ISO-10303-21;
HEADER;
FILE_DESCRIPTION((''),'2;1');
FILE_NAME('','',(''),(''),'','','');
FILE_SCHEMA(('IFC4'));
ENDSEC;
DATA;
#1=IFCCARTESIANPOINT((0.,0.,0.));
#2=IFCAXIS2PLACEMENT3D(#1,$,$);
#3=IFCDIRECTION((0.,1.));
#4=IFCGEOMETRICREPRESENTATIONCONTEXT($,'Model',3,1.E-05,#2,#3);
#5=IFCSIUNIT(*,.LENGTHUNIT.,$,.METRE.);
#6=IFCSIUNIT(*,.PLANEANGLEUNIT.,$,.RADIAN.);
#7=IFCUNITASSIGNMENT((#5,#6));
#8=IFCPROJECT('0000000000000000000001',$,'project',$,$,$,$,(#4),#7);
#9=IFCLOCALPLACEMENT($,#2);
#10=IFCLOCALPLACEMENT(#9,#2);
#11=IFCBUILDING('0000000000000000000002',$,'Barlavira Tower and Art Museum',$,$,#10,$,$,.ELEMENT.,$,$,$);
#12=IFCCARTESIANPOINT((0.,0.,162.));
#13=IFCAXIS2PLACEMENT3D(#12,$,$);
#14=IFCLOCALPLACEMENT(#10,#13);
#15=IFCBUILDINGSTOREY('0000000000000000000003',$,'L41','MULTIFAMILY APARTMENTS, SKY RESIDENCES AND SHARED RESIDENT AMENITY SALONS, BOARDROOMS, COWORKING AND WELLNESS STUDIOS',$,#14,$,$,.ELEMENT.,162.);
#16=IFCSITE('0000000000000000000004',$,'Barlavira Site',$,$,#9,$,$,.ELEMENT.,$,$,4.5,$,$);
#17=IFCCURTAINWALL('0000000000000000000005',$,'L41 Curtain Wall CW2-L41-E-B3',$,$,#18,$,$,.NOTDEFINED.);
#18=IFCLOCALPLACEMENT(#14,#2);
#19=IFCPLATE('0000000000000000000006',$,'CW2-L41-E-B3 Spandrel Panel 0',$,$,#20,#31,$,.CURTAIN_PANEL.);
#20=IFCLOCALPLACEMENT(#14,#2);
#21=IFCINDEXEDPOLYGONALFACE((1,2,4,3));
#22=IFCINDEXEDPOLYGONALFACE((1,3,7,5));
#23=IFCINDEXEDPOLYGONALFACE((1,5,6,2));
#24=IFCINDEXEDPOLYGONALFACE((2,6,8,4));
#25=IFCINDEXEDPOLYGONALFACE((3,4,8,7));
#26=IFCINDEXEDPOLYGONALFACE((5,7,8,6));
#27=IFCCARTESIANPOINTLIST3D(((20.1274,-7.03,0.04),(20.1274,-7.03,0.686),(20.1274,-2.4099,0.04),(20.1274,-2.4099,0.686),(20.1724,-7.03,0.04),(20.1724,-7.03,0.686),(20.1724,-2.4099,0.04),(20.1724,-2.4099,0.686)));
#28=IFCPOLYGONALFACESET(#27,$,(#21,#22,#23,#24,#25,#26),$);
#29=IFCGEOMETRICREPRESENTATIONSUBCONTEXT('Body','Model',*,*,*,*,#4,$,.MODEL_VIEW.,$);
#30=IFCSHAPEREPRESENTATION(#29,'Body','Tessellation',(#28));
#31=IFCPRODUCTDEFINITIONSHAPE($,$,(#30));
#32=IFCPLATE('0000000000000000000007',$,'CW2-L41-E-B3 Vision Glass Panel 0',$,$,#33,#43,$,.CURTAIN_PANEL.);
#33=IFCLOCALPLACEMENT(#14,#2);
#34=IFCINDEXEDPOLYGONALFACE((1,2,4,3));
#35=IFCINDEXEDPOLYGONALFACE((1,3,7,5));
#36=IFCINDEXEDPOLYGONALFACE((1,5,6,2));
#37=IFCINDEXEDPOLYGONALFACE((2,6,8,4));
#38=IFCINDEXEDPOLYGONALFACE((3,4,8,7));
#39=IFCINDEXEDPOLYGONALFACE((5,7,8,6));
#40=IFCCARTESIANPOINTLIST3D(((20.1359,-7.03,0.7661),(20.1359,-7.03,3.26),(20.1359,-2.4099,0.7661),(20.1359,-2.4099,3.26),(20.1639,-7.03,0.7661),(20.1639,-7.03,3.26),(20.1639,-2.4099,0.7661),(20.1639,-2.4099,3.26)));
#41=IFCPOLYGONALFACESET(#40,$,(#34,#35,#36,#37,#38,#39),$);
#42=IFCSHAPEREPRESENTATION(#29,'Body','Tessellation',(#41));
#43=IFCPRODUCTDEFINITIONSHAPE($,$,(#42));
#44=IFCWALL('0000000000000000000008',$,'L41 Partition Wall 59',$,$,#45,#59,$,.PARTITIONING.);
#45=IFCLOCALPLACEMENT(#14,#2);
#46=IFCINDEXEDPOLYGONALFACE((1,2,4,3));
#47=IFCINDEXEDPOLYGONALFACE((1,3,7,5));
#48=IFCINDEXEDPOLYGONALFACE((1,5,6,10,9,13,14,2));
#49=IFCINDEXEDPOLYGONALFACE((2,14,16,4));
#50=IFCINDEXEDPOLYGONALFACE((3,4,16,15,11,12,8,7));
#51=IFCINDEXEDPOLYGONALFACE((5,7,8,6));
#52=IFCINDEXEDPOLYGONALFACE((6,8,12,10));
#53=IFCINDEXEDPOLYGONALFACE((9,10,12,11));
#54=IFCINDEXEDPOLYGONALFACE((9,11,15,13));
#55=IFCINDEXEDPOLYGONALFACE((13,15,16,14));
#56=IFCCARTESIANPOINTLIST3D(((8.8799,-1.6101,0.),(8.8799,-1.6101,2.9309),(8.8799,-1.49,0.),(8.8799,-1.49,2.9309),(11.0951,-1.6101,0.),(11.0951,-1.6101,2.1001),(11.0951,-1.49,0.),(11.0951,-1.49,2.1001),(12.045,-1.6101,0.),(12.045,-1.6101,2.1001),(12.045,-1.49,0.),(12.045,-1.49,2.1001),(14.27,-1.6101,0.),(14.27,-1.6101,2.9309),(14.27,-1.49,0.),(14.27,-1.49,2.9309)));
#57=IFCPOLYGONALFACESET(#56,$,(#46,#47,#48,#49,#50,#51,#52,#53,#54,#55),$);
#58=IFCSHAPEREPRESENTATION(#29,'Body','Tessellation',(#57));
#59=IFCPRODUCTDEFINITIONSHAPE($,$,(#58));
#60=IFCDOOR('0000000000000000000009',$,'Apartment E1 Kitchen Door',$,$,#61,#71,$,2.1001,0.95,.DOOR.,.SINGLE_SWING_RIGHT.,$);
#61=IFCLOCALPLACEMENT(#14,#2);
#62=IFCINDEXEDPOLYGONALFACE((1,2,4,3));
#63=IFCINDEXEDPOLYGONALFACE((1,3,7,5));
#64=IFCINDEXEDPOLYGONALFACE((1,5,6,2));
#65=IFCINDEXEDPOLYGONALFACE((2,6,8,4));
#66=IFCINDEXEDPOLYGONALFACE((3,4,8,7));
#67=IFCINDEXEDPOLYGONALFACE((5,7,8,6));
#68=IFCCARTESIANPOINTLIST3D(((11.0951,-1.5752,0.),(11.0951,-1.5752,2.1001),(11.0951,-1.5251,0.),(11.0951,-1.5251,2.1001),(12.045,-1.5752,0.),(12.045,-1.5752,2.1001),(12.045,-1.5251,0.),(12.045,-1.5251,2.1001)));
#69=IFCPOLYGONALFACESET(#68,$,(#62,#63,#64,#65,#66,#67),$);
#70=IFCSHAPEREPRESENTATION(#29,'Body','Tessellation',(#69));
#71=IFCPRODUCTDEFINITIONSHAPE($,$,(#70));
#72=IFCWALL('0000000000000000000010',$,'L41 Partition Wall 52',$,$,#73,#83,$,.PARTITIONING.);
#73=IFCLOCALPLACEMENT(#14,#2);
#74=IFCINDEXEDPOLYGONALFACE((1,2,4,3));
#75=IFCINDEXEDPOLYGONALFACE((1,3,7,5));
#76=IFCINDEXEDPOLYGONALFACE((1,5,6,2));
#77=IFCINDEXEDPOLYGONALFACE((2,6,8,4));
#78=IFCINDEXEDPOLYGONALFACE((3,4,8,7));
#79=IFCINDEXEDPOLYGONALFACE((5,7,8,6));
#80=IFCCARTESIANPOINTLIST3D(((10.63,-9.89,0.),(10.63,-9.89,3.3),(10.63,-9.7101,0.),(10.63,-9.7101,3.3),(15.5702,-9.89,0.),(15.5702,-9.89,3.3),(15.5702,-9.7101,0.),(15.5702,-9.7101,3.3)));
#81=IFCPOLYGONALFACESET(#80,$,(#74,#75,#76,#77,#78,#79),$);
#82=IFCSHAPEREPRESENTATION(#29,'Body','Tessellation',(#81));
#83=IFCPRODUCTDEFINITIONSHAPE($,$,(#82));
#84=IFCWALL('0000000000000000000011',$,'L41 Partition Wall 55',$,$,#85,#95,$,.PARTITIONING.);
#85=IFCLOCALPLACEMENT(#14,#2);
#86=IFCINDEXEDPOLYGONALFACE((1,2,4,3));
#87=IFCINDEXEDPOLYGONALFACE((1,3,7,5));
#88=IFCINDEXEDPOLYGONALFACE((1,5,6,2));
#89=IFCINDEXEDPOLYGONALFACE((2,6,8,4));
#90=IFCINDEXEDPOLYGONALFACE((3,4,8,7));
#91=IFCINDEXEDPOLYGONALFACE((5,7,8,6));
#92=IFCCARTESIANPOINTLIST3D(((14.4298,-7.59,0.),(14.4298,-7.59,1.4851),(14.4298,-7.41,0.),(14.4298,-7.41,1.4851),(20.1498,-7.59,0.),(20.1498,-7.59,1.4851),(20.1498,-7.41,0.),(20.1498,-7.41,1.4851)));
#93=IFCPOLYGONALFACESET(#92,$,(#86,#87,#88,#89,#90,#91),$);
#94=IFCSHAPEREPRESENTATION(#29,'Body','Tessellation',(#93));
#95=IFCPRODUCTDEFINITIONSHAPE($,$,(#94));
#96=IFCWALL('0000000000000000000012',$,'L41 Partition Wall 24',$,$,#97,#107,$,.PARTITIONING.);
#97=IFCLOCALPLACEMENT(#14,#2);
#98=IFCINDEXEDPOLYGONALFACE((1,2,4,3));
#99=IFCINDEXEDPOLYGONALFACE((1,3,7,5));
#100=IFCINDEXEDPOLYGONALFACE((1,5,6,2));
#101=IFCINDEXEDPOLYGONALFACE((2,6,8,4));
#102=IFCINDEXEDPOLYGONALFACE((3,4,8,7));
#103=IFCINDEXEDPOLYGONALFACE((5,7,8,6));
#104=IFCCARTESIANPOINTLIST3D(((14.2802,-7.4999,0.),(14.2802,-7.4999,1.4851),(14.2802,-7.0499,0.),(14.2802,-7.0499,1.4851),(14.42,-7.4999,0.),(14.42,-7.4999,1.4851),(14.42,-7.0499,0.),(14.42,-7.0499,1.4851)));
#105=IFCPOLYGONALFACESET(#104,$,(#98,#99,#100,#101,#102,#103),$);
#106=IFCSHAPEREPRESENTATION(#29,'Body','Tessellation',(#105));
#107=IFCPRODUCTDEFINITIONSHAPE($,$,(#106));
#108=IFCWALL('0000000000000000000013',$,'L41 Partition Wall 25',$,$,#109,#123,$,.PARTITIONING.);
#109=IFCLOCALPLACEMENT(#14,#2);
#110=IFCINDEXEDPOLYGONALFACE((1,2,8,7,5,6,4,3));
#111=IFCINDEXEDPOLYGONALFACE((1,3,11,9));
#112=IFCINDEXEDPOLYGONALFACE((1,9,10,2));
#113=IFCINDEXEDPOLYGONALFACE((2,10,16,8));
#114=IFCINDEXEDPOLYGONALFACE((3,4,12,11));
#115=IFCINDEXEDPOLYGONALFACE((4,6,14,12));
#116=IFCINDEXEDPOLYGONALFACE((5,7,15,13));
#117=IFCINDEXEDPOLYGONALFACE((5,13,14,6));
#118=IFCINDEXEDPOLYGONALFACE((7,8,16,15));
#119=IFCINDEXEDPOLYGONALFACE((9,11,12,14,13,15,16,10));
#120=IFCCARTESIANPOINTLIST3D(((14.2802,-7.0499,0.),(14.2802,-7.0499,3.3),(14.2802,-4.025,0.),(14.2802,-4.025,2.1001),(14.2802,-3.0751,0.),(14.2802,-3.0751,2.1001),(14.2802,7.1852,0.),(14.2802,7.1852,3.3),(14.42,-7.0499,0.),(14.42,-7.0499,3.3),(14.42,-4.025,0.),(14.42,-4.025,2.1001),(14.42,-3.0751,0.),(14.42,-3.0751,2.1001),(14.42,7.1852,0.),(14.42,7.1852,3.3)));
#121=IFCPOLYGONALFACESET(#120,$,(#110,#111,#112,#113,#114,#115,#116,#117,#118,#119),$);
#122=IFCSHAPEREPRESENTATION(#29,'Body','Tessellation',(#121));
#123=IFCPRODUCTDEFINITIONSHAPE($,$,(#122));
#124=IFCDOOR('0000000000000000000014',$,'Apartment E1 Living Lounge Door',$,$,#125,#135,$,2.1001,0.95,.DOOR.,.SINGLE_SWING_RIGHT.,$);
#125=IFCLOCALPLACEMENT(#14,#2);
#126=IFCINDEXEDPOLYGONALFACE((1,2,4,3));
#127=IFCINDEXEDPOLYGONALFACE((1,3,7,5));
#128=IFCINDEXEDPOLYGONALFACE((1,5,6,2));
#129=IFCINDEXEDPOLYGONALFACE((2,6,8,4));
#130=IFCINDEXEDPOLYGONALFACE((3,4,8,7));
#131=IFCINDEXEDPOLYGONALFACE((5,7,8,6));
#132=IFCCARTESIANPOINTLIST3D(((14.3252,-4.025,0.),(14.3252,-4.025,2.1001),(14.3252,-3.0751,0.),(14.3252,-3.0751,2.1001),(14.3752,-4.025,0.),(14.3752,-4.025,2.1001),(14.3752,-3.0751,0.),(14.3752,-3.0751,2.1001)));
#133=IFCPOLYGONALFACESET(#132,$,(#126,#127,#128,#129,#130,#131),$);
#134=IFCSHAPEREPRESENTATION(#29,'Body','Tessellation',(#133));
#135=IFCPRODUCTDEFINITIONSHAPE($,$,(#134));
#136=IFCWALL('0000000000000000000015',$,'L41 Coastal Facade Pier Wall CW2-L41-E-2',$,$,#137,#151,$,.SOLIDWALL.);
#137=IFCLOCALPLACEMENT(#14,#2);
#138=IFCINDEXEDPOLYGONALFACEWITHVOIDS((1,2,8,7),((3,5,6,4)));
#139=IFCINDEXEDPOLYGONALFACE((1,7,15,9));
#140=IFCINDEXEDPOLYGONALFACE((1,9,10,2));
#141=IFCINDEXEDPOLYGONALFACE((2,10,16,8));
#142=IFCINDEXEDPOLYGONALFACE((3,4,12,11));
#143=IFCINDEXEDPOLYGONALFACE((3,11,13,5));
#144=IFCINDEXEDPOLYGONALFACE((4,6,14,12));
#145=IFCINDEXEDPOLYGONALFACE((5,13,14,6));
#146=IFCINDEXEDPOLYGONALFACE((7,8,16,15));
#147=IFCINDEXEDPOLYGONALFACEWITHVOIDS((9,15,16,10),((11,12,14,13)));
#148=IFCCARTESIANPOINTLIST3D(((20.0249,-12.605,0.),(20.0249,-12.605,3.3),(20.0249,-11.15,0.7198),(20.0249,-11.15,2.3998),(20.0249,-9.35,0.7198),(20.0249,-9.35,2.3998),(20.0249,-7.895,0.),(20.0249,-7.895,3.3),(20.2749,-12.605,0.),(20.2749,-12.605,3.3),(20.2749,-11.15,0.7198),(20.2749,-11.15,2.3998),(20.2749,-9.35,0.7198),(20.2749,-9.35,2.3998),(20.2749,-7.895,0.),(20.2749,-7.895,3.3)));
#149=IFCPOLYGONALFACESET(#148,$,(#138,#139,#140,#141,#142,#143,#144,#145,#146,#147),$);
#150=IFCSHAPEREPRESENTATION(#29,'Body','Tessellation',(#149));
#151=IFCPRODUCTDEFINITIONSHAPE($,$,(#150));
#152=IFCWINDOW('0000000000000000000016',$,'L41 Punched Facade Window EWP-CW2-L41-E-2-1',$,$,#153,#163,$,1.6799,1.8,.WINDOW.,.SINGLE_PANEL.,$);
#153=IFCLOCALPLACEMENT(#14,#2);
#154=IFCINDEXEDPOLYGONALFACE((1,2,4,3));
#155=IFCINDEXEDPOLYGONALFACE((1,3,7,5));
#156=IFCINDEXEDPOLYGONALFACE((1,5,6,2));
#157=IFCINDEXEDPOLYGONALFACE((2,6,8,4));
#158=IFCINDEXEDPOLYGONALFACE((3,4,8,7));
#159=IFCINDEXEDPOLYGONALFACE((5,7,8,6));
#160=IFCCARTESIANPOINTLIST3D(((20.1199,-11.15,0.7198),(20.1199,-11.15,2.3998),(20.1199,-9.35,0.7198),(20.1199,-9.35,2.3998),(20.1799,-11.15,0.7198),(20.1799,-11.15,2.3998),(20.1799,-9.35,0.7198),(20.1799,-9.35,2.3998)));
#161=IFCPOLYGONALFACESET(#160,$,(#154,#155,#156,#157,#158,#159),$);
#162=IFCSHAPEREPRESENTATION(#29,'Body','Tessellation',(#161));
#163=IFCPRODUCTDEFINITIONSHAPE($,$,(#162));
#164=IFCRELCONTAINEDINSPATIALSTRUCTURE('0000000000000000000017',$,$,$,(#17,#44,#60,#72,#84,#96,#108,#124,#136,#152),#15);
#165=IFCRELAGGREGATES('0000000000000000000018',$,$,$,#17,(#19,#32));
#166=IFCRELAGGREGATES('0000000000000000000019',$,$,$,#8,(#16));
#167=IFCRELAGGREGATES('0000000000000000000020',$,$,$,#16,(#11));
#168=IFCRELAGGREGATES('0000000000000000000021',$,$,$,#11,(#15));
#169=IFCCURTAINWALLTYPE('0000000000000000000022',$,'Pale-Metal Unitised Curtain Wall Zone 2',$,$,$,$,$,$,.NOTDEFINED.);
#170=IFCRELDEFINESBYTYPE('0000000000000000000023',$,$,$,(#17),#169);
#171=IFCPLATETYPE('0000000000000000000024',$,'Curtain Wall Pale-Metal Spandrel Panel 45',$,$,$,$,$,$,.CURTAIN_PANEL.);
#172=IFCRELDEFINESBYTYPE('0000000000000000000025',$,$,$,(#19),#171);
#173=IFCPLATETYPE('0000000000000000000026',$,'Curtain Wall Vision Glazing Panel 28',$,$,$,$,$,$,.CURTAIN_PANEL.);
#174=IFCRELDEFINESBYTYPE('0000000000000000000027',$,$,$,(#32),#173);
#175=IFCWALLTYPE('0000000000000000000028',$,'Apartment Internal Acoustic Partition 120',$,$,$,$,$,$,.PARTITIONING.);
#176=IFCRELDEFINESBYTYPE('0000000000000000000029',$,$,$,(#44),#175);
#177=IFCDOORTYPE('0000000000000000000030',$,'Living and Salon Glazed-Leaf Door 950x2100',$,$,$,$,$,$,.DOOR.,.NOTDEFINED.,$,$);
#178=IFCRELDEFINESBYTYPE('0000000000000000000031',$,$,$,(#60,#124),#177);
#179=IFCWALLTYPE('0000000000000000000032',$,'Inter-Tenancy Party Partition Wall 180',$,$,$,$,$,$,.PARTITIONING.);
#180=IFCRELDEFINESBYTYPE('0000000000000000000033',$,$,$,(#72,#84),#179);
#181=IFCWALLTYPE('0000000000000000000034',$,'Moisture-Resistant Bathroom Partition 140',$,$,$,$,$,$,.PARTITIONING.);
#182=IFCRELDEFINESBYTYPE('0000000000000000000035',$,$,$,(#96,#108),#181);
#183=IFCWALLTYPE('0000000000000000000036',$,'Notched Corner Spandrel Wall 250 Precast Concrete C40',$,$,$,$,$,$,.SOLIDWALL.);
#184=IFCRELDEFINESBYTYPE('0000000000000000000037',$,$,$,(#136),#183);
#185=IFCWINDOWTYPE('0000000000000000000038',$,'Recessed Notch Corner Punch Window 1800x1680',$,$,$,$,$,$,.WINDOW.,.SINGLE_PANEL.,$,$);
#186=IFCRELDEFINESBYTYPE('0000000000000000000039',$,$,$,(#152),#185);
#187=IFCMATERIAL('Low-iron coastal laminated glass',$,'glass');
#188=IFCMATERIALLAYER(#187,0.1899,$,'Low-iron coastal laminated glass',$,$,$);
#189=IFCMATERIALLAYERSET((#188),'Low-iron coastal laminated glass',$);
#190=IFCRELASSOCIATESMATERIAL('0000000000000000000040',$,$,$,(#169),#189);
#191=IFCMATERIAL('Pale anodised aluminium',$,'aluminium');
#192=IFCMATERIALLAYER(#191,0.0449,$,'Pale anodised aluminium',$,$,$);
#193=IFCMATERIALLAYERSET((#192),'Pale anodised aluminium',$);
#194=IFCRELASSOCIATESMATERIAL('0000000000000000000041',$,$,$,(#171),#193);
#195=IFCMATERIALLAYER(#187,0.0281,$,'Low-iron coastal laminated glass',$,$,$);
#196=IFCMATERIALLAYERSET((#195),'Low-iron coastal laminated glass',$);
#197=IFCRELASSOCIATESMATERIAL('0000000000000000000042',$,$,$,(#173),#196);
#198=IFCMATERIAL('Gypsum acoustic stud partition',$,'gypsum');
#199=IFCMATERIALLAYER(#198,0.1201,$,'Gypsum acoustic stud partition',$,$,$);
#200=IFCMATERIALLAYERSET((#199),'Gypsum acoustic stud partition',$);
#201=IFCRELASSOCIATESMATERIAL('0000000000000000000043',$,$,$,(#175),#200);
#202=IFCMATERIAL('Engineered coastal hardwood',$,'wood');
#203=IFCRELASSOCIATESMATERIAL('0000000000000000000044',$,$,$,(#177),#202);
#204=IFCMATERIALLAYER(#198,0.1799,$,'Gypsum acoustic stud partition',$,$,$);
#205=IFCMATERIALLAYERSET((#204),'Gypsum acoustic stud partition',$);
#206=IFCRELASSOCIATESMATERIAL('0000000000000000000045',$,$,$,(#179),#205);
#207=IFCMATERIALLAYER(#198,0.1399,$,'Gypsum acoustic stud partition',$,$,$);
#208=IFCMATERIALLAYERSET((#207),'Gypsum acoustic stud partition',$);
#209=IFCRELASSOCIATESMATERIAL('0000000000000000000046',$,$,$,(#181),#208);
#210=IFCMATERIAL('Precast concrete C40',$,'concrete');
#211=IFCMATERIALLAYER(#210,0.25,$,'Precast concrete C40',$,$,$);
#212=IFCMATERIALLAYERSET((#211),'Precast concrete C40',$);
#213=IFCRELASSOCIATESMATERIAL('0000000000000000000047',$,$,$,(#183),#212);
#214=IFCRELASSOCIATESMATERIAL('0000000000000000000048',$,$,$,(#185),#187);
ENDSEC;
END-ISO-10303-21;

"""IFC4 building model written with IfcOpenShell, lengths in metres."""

from ifc_helpers import new_model, si_unit, direction, frame, frame_2d, origin, origin_2d, place, context, subcontext, project, spatial, rectangle, extrude, material, layer, layer_set, type_object, element, fill, aggregate, save


model = new_model("IFC4")

# Units and contexts
model_context = context("Model", 3, precision=1e-05, world=origin(), true_north=direction((0.0, 1.0)))
body_context = subcontext(model_context, "Body", "Model", "MODEL_VIEW")
ifc_project = project(units=[si_unit("LENGTHUNIT", "METRE"), si_unit("PLANEANGLEUNIT", "RADIAN")], contexts=[model_context])

# Site, building, storey
site_placement = place(None, origin())
site = spatial("IfcSite", under=ifc_project, at=site_placement, Name="Barlavira Site", CompositionType="ELEMENT", RefElevation=4.5)
building_placement = place(site_placement, origin())
building = spatial("IfcBuilding", under=site, at=building_placement, Name="Barlavira Tower and Art Museum", CompositionType="ELEMENT")
storey_placement = place(building_placement, frame((0.0, 0.0, 162.0)))
storey = spatial("IfcBuildingStorey", under=building, at=storey_placement, Name="L41", Description="MULTIFAMILY APARTMENTS, SKY RESIDENCES AND SHARED RESIDENT AMENITY SALONS, BOARDROOMS, COWORKING AND WELLNESS STUDIOS", CompositionType="ELEMENT", Elevation=162.0)

# Curtain wall
ifc_material_1 = material(Name="Low-iron coastal laminated glass", Category="glass")
ifc_layer_1 = layer(ifc_material_1, 0.1899, Name="Low-iron coastal laminated glass")
ifc_layer_set_1 = layer_set([ifc_layer_1], Name="Low-iron coastal laminated glass")
curtain_wall_type = type_object("IfcCurtainWallType", Name="Pale-Metal Unitised Curtain Wall Zone 2", PredefinedType="NOTDEFINED", material=ifc_layer_set_1)
curtain_wall_placement = place(storey_placement, origin())
curtain_wall = element("IfcCurtainWall", 1, at=curtain_wall_placement, inside=storey, type_object=curtain_wall_type, Name="L41 Curtain Wall CW2-L41-E-B3", PredefinedType="NOTDEFINED")
ifc_material_2 = material(Name="Pale anodised aluminium", Category="aluminium")

# Plates
ifc_layer_2 = layer(ifc_material_2, 0.0449, Name="Pale anodised aluminium")
ifc_layer_set_2 = layer_set([ifc_layer_2], Name="Pale anodised aluminium")
plate_type_1 = type_object("IfcPlateType", Name="Curtain Wall Pale-Metal Spandrel Panel 45", PredefinedType="CURTAIN_PANEL", material=ifc_layer_set_2)
plate_1_placement = place(storey_placement, frame((20.1499, -4.72, 0.04), z_axis=(0.0, 0.0, 1.0), x_axis=(0.0, 1.0, 0.0)))
plate_1 = element("IfcPlate", 2, at=plate_1_placement, type_object=plate_type_1, Name="CW2-L41-E-B3 Spandrel Panel 0", PredefinedType="CURTAIN_PANEL", context=body_context, shape_type="SweptSolid", body=[
    extrude(rectangle(XDim=4.6201, YDim=0.0449, at=origin_2d()), origin(), (0.0, 0.0, 1.0), 0.646),
])
ifc_layer_3 = layer(ifc_material_1, 0.0281, Name="Low-iron coastal laminated glass")
ifc_layer_set_3 = layer_set([ifc_layer_3], Name="Low-iron coastal laminated glass")
plate_type_2 = type_object("IfcPlateType", Name="Curtain Wall Vision Glazing Panel 28", PredefinedType="CURTAIN_PANEL", material=ifc_layer_set_3)
plate_2_placement = place(storey_placement, frame((20.1499, -4.72, 0.7661), z_axis=(0.0, 0.0, 1.0), x_axis=(0.0, 1.0, 0.0)))
plate_2 = element("IfcPlate", 3, at=plate_2_placement, type_object=plate_type_2, Name="CW2-L41-E-B3 Vision Glass Panel 0", PredefinedType="CURTAIN_PANEL", context=body_context, shape_type="SweptSolid", body=[
    extrude(rectangle(XDim=4.6201, YDim=0.0281, at=origin_2d()), origin(), (0.0, 0.0, 1.0), 2.4939),
])
aggregate(curtain_wall, [plate_1, plate_2])

# Wall, opening, door
ifc_material_3 = material(Name="Gypsum acoustic stud partition", Category="gypsum")
ifc_layer_4 = layer(ifc_material_3, 0.1201, Name="Gypsum acoustic stud partition")
ifc_layer_set_4 = layer_set([ifc_layer_4], Name="Gypsum acoustic stud partition")
wall_type_1 = type_object("IfcWallType", Name="Apartment Internal Acoustic Partition 120", PredefinedType="PARTITIONING", material=ifc_layer_set_4)
wall_1_placement = place(storey_placement, frame((8.8799, -1.55, 0.0), z_axis=(0.0, 0.0, 1.0), x_axis=(1.0, 0.0, 0.0)))
wall_1 = element("IfcWall", 4, at=wall_1_placement, inside=storey, type_object=wall_type_1, Name="L41 Partition Wall 59", PredefinedType="PARTITIONING", context=body_context, shape_type="SweptSolid", body=[
    extrude(rectangle(XDim=5.3901, YDim=0.1201, at=frame_2d((2.6951, 0.0))), origin(), (0.0, 0.0, 1.0), 2.9309),
])
opening_1_placement = place(wall_1_placement, frame((2.2151, 0.0, 0.0)))
opening_1 = element("IfcOpeningElement", 5, at=opening_1_placement, cuts=wall_1, PredefinedType="OPENING", context=body_context, shape_type="SweptSolid", body=[
    extrude(rectangle(XDim=0.95, YDim=2.1001, at=frame_2d((0.4751, 1.05))), frame((0.0, 0.0701, 0.0), z_axis=(0.0, -1.0, 0.0), x_axis=(1.0, 0.0, 0.0)), (0.0, 0.0, 1.0), 0.1401),
])
ifc_material_4 = material(Name="Engineered coastal hardwood", Category="wood")
door_type = type_object("IfcDoorType", Name="Living and Salon Glazed-Leaf Door 950x2100", OperationType="NOTDEFINED", PredefinedType="DOOR", material=ifc_material_4)
door_1_placement = place(opening_1_placement, origin())
door_1 = element("IfcDoor", 6, at=door_1_placement, inside=storey, type_object=door_type, Name="Apartment E1 Kitchen Door", OperationType="SINGLE_SWING_RIGHT", OverallHeight=2.1001, OverallWidth=0.95, PredefinedType="DOOR", context=body_context, shape_type="SweptSolid", body=[
    extrude(rectangle(XDim=0.95, YDim=2.1001, at=frame_2d((0.4751, 1.05))), frame((0.0, 0.0249, 0.0), z_axis=(0.0, -1.0, 0.0), x_axis=(1.0, 0.0, 0.0)), (0.0, 0.0, 1.0), 0.05),
])
fill(opening_1, door_1)

# Walls
ifc_layer_5 = layer(ifc_material_3, 0.1799, Name="Gypsum acoustic stud partition")
ifc_layer_set_5 = layer_set([ifc_layer_5], Name="Gypsum acoustic stud partition")
wall_type_2 = type_object("IfcWallType", Name="Inter-Tenancy Party Partition Wall 180", PredefinedType="PARTITIONING", material=ifc_layer_set_5)
wall_2_placement = place(storey_placement, frame((10.6299, -9.8, 0.0), z_axis=(0.0, 0.0, 1.0), x_axis=(1.0, 0.0, 0.0)))
element("IfcWall", 7, at=wall_2_placement, inside=storey, type_object=wall_type_2, Name="L41 Partition Wall 52", PredefinedType="PARTITIONING", context=body_context, shape_type="SweptSolid", body=[
    extrude(rectangle(XDim=4.9402, YDim=0.1799, at=frame_2d((2.4702, 0.0))), origin(), (0.0, 0.0, 1.0), 3.3),
])
wall_3_placement = place(storey_placement, frame((14.4299, -7.5, 0.0), z_axis=(0.0, 0.0, 1.0), x_axis=(1.0, 0.0, 0.0)))
element("IfcWall", 8, at=wall_3_placement, inside=storey, type_object=wall_type_2, Name="L41 Partition Wall 55", PredefinedType="PARTITIONING", context=body_context, shape_type="SweptSolid", body=[
    extrude(rectangle(XDim=5.72, YDim=0.1799, at=frame_2d((2.8599, 0.0))), origin(), (0.0, 0.0, 1.0), 1.4851),
])
ifc_layer_6 = layer(ifc_material_3, 0.1399, Name="Gypsum acoustic stud partition")
ifc_layer_set_6 = layer_set([ifc_layer_6], Name="Gypsum acoustic stud partition")
wall_type_3 = type_object("IfcWallType", Name="Moisture-Resistant Bathroom Partition 140", PredefinedType="PARTITIONING", material=ifc_layer_set_6)
wall_4_placement = place(storey_placement, frame((14.3501, -7.5, 0.0), z_axis=(0.0, 0.0, 1.0), x_axis=(0.0, 1.0, 0.0)))
element("IfcWall", 9, at=wall_4_placement, inside=storey, type_object=wall_type_3, Name="L41 Partition Wall 24", PredefinedType="PARTITIONING", context=body_context, shape_type="SweptSolid", body=[
    extrude(rectangle(XDim=0.45, YDim=0.1399, at=frame_2d((0.2251, 0.0))), origin(), (0.0, 0.0, 1.0), 1.4851),
])

# Wall, opening, door
wall_5_placement = place(storey_placement, frame((14.3501, -7.05, 0.0), z_axis=(0.0, 0.0, 1.0), x_axis=(0.0, 1.0, 0.0)))
wall_5 = element("IfcWall", 10, at=wall_5_placement, inside=storey, type_object=wall_type_3, Name="L41 Partition Wall 25", PredefinedType="PARTITIONING", context=body_context, shape_type="SweptSolid", body=[
    extrude(rectangle(XDim=14.2351, YDim=0.1399, at=frame_2d((7.1177, 0.0))), origin(), (0.0, 0.0, 1.0), 3.3),
])
opening_2_placement = place(wall_5_placement, frame((3.0249, 0.0, 0.0)))
opening_2 = element("IfcOpeningElement", 11, at=opening_2_placement, cuts=wall_5, PredefinedType="OPENING", context=body_context, shape_type="SweptSolid", body=[
    extrude(rectangle(XDim=0.95, YDim=2.1001, at=frame_2d((0.4751, 1.05))), frame((0.0, 0.0801, 0.0), z_axis=(0.0, -1.0, 0.0), x_axis=(1.0, 0.0, 0.0)), (0.0, 0.0, 1.0), 0.1599),
])
door_2_placement = place(opening_2_placement, origin())
door_2 = element("IfcDoor", 12, at=door_2_placement, inside=storey, type_object=door_type, Name="Apartment E1 Living Lounge Door", OperationType="SINGLE_SWING_RIGHT", OverallHeight=2.1001, OverallWidth=0.95, PredefinedType="DOOR", context=body_context, shape_type="SweptSolid", body=[
    extrude(rectangle(XDim=0.95, YDim=2.1001, at=frame_2d((0.4751, 1.05))), frame((0.0, 0.0249, 0.0), z_axis=(0.0, -1.0, 0.0), x_axis=(1.0, 0.0, 0.0)), (0.0, 0.0, 1.0), 0.05),
])
fill(opening_2, door_2)

# Wall, opening, window
ifc_material_5 = material(Name="Precast concrete C40", Category="concrete")
ifc_layer_7 = layer(ifc_material_5, 0.25, Name="Precast concrete C40")
ifc_layer_set_7 = layer_set([ifc_layer_7], Name="Precast concrete C40")
wall_type_4 = type_object("IfcWallType", Name="Notched Corner Spandrel Wall 250 Precast Concrete C40", PredefinedType="SOLIDWALL", material=ifc_layer_set_7)
wall_6_placement = place(storey_placement, frame((20.1499, -12.605, 0.0), z_axis=(0.0, 0.0, 1.0), x_axis=(0.0, 1.0, 0.0)))
wall_6 = element("IfcWall", 13, at=wall_6_placement, inside=storey, type_object=wall_type_4, Name="L41 Coastal Facade Pier Wall CW2-L41-E-2", PredefinedType="SOLIDWALL", context=body_context, shape_type="SweptSolid", body=[
    extrude(rectangle(XDim=4.71, YDim=0.25, at=frame_2d((2.355, 0.0))), origin(), (0.0, 0.0, 1.0), 3.3),
])
opening_3_placement = place(wall_6_placement, frame((1.4551, 0.0, 0.72)))
opening_3 = element("IfcOpeningElement", 14, at=opening_3_placement, cuts=wall_6, PredefinedType="OPENING", context=body_context, shape_type="SweptSolid", body=[
    extrude(rectangle(XDim=1.8, YDim=1.6799, at=frame_2d((0.8999, 0.8398))), frame((0.0, 0.135, 0.0), z_axis=(0.0, -1.0, 0.0), x_axis=(1.0, 0.0, 0.0)), (0.0, 0.0, 1.0), 0.27),
])
window_type = type_object("IfcWindowType", Name="Recessed Notch Corner Punch Window 1800x1680", PartitioningType="SINGLE_PANEL", PredefinedType="WINDOW", material=ifc_material_1)
window_placement = place(opening_3_placement, origin())
window = element("IfcWindow", 15, at=window_placement, inside=storey, type_object=window_type, Name="L41 Punched Facade Window EWP-CW2-L41-E-2-1", OverallHeight=1.6799, OverallWidth=1.8, PartitioningType="SINGLE_PANEL", PredefinedType="WINDOW", context=body_context, shape_type="SweptSolid", body=[
    extrude(rectangle(XDim=1.8, YDim=1.6799, at=frame_2d((0.8999, 0.8398))), frame((0.0, 0.03, 0.0), z_axis=(0.0, -1.0, 0.0), x_axis=(1.0, 0.0, 0.0)), (0.0, 0.0, 1.0), 0.0601),
])
fill(opening_3, window)

save(model, "model.ifc")
